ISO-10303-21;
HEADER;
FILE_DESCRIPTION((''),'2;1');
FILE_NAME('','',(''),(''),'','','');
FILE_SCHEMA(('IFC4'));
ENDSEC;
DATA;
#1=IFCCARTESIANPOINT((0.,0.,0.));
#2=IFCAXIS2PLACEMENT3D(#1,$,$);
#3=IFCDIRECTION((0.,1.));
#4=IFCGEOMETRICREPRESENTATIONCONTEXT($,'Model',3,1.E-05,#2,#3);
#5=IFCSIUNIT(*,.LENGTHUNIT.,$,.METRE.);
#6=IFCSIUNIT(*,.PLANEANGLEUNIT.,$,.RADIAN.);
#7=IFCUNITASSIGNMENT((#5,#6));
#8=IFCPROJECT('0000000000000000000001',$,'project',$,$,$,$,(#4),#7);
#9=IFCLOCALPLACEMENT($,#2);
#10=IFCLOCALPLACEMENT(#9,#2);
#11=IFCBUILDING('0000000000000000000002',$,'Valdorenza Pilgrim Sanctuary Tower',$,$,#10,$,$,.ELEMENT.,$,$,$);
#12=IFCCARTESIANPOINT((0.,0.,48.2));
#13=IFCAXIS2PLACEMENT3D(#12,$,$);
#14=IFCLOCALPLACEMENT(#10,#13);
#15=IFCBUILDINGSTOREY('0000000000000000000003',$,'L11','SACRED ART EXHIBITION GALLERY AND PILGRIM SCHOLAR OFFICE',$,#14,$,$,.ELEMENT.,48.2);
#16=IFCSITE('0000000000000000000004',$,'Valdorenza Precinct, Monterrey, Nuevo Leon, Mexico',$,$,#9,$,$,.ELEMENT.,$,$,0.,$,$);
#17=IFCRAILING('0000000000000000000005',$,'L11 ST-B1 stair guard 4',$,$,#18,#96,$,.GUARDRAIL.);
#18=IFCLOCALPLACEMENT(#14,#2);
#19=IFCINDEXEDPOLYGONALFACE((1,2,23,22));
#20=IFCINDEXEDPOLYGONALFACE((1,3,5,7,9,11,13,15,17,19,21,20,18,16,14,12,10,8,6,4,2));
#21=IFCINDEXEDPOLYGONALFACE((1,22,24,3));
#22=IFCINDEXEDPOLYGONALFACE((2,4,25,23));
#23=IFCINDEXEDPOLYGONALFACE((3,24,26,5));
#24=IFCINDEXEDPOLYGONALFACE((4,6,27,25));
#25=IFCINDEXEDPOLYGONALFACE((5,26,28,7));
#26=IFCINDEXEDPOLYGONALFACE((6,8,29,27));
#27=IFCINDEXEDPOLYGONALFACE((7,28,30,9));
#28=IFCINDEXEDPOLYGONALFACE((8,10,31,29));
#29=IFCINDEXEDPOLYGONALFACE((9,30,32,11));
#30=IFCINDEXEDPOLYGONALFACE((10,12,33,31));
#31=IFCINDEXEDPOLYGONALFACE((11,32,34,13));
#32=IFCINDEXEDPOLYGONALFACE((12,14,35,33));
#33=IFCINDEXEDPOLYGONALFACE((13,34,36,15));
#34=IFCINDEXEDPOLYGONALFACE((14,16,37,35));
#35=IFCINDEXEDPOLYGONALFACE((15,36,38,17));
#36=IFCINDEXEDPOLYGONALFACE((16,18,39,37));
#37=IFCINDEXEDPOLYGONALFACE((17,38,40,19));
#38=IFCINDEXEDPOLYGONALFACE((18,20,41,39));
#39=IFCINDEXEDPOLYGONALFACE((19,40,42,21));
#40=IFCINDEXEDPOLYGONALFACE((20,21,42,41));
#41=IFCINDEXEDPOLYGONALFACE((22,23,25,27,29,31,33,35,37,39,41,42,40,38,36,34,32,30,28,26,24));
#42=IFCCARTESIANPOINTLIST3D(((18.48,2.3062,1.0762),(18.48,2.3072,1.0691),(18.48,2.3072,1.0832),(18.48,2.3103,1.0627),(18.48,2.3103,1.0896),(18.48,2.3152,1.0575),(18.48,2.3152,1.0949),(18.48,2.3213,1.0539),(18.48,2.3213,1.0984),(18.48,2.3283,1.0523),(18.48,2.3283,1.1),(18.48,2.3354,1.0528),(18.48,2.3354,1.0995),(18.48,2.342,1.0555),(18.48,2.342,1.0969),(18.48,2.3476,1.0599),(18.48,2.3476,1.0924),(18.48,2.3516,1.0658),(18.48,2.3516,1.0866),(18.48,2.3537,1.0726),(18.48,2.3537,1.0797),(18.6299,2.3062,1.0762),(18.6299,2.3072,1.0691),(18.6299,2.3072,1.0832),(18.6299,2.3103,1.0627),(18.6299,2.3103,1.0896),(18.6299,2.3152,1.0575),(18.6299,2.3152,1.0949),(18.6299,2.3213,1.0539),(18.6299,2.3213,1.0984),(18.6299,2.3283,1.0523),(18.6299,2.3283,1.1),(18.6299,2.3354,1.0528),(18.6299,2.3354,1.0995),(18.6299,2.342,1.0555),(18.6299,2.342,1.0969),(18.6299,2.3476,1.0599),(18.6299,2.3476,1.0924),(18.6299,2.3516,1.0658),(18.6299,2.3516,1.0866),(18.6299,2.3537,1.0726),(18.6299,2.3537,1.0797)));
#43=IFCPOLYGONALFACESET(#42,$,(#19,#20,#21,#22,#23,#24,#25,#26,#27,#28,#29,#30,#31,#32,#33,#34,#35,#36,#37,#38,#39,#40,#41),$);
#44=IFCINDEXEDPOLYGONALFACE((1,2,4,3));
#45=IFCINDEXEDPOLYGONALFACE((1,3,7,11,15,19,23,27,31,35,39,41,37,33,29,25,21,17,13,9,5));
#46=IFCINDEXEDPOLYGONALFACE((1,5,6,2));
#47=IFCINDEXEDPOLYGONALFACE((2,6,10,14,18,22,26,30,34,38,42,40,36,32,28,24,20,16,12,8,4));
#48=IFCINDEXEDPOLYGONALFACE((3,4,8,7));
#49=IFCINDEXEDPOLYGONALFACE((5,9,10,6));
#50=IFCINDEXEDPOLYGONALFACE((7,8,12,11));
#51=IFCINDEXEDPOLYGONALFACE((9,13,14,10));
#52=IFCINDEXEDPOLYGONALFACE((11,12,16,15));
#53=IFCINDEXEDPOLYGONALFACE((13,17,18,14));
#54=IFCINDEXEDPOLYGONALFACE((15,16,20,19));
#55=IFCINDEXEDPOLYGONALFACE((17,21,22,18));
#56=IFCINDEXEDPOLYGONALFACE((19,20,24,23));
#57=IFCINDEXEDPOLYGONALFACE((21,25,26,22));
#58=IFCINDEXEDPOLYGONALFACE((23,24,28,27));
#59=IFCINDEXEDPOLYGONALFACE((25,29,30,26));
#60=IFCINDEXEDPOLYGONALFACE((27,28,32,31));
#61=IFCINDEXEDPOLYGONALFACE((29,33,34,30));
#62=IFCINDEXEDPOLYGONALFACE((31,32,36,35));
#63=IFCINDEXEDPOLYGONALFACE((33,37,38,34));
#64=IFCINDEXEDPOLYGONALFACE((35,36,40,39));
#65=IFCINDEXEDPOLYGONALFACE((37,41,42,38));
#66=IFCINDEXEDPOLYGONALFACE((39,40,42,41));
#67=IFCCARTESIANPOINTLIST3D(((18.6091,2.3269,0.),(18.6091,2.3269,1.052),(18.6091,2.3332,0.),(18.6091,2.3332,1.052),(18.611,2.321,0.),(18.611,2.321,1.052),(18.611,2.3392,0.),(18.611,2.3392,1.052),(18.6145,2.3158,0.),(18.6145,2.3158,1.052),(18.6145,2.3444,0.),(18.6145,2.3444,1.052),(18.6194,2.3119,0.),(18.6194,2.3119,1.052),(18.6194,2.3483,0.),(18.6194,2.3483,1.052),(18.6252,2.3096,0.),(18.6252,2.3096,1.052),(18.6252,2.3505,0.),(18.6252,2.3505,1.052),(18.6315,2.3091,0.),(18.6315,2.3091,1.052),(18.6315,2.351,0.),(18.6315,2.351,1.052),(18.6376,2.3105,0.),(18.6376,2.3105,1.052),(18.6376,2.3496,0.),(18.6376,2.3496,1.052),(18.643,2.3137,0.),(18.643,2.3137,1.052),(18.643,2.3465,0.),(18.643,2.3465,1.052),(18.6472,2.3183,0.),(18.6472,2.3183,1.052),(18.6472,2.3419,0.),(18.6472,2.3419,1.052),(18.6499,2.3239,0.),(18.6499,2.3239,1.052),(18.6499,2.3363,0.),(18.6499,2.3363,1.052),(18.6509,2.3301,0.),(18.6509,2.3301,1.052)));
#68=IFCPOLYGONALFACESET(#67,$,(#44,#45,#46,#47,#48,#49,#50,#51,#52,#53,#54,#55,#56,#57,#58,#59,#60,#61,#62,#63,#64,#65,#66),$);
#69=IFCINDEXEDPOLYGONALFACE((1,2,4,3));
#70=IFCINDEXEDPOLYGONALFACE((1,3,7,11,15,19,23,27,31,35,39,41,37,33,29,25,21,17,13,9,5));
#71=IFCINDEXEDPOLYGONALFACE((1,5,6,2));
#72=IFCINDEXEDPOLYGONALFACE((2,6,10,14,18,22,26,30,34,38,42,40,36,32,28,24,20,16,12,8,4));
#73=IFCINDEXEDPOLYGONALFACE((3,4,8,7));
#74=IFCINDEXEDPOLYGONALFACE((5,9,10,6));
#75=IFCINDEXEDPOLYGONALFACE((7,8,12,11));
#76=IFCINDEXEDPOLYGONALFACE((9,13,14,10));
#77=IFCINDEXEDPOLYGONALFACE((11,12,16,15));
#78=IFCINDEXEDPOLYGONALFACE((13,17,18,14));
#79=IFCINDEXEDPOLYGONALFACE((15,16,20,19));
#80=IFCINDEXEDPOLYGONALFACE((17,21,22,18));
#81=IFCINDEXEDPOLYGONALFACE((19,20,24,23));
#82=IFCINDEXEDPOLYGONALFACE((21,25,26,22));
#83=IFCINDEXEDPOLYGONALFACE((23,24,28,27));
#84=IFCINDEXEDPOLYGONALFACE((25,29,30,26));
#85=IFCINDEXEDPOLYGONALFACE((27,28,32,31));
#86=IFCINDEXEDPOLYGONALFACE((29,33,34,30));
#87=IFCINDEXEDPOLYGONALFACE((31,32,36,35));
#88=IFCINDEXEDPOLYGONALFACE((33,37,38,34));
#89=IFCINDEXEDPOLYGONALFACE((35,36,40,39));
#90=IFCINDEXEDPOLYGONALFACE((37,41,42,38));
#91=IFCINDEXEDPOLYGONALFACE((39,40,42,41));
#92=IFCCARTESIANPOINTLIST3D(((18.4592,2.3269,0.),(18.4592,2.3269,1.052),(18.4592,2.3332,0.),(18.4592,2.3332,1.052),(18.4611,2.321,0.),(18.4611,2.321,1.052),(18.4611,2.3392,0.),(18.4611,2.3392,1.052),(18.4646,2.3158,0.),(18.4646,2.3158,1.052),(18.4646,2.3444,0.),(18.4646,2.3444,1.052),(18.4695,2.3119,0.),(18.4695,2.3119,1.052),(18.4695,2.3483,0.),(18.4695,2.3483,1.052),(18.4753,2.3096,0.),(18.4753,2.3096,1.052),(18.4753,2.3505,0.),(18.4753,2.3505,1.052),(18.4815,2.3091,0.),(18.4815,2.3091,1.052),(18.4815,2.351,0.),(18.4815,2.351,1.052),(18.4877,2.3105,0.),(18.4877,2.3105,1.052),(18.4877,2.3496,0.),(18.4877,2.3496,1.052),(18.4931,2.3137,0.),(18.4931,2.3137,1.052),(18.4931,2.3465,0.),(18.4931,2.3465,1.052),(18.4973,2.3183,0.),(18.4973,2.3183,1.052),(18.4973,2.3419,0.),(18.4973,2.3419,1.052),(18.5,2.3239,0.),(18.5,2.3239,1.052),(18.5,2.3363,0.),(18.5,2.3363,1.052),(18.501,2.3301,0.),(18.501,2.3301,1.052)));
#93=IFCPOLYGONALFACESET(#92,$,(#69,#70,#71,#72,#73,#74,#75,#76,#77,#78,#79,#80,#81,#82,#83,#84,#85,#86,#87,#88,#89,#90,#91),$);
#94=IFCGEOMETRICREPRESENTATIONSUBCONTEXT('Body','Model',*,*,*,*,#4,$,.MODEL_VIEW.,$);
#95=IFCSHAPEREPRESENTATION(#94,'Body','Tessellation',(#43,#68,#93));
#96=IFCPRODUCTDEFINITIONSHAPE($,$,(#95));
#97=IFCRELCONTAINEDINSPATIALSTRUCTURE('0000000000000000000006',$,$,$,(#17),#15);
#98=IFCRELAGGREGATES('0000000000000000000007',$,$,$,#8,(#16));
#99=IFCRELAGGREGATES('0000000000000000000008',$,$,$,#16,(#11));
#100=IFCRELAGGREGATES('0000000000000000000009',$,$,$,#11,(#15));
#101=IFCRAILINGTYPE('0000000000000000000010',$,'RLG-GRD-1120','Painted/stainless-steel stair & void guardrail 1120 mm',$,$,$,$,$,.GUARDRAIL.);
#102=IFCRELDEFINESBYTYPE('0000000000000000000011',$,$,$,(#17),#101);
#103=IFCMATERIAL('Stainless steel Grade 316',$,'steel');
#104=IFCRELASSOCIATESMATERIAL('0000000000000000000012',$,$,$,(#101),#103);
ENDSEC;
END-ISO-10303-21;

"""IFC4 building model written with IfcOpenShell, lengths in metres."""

from ifc_helpers import new_model, si_unit, direction, frame, origin, origin_2d, place, context, subcontext, project, spatial, circle, extrude, material, type_object, element, save


model = new_model("IFC4")

# Units and contexts
model_context = context("Model", 3, precision=1e-05, world=origin(), true_north=direction((0.0, 1.0)))
body_context = subcontext(model_context, "Body", "Model", "MODEL_VIEW")
ifc_project = project(units=[si_unit("LENGTHUNIT", "METRE"), si_unit("PLANEANGLEUNIT", "RADIAN")], contexts=[model_context])

# Site, building, storey
site_placement = place(None, origin())
site = spatial("IfcSite", under=ifc_project, at=site_placement, Name="Valdorenza Precinct, Monterrey, Nuevo Leon, Mexico", CompositionType="ELEMENT", RefElevation=0.0)
building_placement = place(site_placement, origin())
building = spatial("IfcBuilding", under=site, at=building_placement, Name="Valdorenza Pilgrim Sanctuary Tower", CompositionType="ELEMENT")
storey_placement = place(building_placement, frame((0.0, 0.0, 48.2)))
storey = spatial("IfcBuildingStorey", under=building, at=storey_placement, Name="L11", Description="SACRED ART EXHIBITION GALLERY AND PILGRIM SCHOLAR OFFICE", CompositionType="ELEMENT", Elevation=48.2)

# Railing
ifc_material_1 = material(Name="Stainless steel Grade 316", Category="steel")
railing_type_1 = type_object("IfcRailingType", Name="RLG-GRD-1120", Description="Painted/stainless-steel stair & void guardrail 1120 mm", PredefinedType="GUARDRAIL", material=ifc_material_1)
railing_1_placement = place(storey_placement, frame((18.6299, 2.3301, 0.0)))
element("IfcRailing", 1, at=railing_1_placement, inside=storey, type_object=railing_type_1, Name="L11 ST-B1 stair guard 4", PredefinedType="GUARDRAIL", context=body_context, shape_type="SweptSolid", body=[
    extrude(circle(Radius=0.0239, at=origin_2d()), frame((0.0, 0.0, 1.0762), z_axis=(-1.0, 0.0, 0.0), x_axis=(0.0, -1.0, 0.0)), (0.0, 0.0, 1.0), 0.1499),
    extrude(circle(Radius=0.021, at=origin_2d()), origin(), (0.0, 0.0, 1.0), 1.052),
    extrude(circle(Radius=0.021, at=origin_2d()), frame((-0.1499, 0.0, 0.0)), (0.0, 0.0, 1.0), 1.052),
])

save(model, "model.ifc")
